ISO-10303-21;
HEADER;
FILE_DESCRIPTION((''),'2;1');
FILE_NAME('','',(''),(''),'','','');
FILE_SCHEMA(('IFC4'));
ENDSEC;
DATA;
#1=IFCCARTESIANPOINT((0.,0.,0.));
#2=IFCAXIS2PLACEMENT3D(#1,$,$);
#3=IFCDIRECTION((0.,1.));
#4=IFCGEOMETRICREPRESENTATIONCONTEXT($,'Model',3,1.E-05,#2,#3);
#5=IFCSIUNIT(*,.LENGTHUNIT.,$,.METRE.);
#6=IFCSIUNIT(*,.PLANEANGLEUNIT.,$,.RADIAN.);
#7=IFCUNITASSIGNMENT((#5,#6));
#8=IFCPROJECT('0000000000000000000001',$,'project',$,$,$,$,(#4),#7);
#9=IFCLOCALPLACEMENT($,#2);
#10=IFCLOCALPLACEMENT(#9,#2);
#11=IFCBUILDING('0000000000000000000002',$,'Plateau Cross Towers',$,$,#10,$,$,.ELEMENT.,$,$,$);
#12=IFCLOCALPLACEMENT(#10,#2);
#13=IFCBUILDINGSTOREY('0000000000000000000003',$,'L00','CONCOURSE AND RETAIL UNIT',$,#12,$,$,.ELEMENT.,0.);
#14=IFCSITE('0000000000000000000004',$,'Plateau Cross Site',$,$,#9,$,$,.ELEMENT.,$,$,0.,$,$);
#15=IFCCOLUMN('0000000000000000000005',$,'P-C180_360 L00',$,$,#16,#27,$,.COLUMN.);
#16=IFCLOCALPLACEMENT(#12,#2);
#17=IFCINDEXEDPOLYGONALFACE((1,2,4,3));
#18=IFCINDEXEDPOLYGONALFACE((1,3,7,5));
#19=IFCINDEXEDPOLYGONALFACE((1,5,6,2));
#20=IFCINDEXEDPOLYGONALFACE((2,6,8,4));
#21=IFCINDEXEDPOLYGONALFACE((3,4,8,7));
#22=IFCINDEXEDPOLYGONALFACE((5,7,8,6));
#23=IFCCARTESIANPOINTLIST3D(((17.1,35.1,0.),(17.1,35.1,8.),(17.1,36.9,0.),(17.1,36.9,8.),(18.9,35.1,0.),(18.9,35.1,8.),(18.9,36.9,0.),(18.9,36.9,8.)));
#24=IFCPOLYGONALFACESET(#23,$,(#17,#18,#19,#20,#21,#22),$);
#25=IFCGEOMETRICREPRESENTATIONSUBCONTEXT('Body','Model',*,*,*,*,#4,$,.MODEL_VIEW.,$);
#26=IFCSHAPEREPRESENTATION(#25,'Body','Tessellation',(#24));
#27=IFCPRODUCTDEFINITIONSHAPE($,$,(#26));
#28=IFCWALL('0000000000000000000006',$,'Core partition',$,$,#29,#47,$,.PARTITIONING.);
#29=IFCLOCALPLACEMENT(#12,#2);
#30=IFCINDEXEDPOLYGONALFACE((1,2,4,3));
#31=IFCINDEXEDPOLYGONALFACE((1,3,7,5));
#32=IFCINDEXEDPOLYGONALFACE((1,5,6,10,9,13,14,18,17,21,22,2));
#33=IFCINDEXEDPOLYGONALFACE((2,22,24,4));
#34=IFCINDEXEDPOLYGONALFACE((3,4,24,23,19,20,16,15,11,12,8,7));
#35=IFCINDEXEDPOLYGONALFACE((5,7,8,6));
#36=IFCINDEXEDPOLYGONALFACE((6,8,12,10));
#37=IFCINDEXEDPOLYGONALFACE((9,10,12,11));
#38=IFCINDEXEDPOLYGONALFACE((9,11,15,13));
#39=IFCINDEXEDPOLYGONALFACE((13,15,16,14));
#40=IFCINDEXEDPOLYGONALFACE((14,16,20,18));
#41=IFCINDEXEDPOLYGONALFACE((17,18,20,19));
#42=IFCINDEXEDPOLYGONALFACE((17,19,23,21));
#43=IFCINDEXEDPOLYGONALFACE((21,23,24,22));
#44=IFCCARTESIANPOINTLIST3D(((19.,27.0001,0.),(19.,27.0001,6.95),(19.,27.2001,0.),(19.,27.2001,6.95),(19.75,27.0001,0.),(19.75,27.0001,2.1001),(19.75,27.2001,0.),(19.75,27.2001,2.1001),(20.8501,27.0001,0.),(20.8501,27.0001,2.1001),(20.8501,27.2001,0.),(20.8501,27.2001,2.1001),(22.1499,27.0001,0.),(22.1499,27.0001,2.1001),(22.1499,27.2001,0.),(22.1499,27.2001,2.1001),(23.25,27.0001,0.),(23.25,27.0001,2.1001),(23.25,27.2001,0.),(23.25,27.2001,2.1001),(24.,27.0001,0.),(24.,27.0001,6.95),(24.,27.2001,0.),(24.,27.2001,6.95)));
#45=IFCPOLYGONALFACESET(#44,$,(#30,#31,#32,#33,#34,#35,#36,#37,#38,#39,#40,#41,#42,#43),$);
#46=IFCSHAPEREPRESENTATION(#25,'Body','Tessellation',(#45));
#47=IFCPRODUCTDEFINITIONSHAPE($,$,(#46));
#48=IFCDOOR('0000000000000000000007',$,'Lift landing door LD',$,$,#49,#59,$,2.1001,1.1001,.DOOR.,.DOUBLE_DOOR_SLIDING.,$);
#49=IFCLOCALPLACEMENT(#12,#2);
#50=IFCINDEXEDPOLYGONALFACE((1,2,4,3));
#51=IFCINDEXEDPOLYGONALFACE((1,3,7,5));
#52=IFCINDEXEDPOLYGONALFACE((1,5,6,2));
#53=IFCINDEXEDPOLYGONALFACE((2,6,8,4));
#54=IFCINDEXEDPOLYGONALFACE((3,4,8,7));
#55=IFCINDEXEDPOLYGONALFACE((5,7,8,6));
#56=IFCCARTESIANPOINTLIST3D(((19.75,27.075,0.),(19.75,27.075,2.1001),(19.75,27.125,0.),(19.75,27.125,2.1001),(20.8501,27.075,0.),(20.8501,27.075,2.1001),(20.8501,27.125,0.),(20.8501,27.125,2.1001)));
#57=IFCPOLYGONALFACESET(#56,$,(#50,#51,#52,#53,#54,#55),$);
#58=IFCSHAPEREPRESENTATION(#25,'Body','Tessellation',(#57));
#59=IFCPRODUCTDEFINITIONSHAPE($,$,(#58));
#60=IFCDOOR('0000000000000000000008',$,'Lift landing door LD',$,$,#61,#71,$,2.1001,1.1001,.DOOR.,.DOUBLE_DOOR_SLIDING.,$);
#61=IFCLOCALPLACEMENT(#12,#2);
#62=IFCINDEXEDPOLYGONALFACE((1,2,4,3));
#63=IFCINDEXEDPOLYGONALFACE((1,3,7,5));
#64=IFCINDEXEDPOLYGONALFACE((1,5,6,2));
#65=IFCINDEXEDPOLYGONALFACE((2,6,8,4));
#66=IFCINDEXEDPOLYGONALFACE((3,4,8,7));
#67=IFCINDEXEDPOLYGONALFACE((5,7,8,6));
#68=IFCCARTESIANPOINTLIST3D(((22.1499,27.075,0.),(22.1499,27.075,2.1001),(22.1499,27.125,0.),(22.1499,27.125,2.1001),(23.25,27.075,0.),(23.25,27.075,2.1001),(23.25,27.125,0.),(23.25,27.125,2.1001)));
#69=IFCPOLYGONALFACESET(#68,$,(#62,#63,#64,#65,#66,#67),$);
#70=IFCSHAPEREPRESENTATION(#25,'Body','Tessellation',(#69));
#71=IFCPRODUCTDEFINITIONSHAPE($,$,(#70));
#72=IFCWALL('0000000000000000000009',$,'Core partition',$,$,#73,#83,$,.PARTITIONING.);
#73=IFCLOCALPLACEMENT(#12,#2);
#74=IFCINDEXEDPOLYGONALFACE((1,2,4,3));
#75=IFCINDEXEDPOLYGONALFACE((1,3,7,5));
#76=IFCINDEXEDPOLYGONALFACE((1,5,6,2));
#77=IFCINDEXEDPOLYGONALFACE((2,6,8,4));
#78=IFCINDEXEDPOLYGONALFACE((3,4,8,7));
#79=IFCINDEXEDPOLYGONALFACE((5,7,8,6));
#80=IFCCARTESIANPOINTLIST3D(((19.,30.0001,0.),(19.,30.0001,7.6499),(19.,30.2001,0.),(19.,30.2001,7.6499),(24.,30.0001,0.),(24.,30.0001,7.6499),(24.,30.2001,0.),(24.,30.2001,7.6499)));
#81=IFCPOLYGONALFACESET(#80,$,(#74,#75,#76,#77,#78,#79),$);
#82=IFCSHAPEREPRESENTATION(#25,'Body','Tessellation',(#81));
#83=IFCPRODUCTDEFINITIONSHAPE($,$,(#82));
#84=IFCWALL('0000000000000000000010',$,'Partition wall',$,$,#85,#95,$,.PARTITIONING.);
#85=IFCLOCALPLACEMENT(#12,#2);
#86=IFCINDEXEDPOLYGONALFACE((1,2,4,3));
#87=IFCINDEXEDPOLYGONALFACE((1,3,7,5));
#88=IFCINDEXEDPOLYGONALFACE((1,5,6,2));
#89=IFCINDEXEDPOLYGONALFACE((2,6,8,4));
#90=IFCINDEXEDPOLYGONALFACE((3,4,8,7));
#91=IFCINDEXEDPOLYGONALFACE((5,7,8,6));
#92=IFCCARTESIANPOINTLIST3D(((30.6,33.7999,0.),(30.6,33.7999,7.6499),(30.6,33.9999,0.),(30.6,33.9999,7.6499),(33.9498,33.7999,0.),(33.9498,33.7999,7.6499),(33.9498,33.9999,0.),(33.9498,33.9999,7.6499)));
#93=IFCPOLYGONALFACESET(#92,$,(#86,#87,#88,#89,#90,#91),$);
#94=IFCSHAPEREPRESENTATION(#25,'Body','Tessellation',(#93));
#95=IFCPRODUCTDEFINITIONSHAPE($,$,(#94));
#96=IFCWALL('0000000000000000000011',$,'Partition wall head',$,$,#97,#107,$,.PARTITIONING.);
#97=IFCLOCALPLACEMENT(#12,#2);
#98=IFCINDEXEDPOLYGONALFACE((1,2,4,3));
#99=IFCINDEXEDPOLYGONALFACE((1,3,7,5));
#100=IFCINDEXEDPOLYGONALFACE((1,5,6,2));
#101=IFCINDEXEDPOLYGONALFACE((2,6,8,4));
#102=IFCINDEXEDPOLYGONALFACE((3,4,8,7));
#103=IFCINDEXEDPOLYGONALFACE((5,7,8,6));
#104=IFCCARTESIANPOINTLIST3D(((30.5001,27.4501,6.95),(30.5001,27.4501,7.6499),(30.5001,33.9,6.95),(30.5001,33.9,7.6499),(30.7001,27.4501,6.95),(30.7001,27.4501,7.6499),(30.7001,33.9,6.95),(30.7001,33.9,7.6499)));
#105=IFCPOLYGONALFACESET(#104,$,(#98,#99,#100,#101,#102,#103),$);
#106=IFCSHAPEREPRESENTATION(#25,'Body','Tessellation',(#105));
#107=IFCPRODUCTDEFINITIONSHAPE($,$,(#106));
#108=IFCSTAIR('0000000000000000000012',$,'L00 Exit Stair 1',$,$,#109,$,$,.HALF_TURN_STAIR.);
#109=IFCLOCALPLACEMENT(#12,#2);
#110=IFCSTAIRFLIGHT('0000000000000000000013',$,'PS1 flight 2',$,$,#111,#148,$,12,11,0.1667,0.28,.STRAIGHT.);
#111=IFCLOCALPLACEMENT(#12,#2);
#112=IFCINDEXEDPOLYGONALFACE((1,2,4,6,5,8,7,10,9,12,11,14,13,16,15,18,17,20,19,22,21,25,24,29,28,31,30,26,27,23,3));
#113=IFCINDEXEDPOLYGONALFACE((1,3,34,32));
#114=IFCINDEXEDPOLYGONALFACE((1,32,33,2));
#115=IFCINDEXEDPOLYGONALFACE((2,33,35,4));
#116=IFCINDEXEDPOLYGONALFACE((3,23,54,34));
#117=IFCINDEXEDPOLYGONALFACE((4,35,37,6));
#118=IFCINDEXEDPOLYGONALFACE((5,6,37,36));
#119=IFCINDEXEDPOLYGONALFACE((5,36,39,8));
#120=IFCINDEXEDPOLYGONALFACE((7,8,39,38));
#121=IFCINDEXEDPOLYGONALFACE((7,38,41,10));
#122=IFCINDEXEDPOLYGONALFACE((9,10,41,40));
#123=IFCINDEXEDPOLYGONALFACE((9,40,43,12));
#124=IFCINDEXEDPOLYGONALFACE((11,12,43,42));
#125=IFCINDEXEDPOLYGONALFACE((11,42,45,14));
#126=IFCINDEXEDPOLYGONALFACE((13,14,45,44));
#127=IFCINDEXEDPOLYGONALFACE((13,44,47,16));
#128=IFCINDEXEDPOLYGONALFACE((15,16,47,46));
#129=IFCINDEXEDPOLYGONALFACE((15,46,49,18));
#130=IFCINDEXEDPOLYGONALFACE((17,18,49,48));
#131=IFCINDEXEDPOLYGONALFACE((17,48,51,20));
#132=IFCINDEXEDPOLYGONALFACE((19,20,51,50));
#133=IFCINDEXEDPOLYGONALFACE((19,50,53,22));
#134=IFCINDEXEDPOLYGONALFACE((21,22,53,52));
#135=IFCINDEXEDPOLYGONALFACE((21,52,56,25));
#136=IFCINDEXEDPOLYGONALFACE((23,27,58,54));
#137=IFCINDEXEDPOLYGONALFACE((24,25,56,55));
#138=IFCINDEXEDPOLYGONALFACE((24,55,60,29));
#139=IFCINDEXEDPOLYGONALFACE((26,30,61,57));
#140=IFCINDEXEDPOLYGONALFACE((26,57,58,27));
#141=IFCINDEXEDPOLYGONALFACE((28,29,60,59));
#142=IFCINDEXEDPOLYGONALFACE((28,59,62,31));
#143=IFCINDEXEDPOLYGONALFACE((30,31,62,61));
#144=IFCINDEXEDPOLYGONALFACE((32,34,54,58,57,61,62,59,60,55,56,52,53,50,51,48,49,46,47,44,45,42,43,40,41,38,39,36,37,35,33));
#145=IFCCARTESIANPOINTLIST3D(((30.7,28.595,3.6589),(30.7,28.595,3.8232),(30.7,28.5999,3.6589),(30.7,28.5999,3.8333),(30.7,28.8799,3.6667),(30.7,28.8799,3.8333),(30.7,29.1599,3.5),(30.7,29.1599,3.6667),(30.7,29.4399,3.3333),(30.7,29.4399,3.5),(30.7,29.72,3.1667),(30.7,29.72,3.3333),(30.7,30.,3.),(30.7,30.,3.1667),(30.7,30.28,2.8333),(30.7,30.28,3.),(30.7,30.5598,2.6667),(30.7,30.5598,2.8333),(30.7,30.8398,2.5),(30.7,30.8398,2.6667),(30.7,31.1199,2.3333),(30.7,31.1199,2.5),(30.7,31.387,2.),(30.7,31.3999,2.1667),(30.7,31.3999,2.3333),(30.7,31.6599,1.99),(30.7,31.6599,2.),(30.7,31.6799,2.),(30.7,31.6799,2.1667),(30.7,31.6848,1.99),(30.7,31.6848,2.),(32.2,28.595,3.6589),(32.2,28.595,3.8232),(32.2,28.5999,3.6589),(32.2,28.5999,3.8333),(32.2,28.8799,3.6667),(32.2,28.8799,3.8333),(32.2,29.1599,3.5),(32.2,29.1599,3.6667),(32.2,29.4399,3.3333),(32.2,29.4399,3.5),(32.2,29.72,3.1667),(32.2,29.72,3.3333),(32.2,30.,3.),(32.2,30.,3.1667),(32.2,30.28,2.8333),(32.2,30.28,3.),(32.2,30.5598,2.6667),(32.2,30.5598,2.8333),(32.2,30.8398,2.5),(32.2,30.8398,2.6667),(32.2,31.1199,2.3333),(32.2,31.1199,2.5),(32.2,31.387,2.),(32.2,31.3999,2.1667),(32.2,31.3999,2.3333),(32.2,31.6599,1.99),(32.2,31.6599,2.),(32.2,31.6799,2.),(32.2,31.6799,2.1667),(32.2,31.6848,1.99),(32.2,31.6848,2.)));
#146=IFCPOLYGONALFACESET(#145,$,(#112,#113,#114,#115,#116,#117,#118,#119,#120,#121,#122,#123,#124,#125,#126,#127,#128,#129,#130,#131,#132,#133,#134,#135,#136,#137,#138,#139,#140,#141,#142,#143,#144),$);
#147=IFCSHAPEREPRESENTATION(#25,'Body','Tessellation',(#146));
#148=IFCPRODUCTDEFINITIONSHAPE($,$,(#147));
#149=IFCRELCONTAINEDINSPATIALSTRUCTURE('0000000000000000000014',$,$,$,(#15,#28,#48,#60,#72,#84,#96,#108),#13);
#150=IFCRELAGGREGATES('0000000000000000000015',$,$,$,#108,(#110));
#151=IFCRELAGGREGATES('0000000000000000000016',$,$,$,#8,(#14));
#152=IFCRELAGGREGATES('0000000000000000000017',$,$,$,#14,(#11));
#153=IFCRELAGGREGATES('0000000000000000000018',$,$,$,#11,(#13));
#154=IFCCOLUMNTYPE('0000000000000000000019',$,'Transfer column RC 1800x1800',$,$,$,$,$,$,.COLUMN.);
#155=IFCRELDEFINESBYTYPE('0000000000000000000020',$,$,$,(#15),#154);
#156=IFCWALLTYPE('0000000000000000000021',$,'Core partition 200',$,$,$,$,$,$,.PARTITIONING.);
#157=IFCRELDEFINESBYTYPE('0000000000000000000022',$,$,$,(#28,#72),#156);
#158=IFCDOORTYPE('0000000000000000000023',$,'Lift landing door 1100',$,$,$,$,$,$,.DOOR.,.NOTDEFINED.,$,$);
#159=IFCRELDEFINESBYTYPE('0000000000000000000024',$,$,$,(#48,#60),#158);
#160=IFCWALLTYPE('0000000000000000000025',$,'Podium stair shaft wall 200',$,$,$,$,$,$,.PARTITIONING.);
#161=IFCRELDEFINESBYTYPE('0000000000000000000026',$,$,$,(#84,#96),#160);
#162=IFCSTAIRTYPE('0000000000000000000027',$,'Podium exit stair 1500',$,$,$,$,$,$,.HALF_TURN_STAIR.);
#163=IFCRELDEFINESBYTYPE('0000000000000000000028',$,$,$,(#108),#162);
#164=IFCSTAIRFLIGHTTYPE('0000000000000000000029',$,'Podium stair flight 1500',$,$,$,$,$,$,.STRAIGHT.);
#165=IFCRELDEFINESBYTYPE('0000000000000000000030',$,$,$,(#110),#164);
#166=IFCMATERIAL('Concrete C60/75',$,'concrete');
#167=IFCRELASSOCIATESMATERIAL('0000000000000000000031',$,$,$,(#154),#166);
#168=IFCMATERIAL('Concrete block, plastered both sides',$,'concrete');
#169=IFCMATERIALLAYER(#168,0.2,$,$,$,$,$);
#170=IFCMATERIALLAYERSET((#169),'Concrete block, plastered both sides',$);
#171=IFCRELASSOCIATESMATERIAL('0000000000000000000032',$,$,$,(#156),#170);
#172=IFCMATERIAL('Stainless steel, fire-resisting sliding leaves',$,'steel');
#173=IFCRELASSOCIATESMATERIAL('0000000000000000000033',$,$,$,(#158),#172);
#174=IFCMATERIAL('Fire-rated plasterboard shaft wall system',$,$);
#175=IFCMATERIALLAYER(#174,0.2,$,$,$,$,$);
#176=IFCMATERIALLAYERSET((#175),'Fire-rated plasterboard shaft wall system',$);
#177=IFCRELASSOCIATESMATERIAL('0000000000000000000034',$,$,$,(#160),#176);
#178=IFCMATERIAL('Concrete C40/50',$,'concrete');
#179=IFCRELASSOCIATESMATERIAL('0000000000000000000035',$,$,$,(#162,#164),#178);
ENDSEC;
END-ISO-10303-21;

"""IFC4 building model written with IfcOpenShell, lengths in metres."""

from ifc_helpers import new_model, si_unit, direction, frame, frame_2d, origin, origin_2d, place, context, subcontext, project, spatial, polyline, rectangle, outline, extrude, material, layer, layer_set, material_profile, profile_set, type_object, element, fill, aggregate, save


model = new_model("IFC4")

# Units and contexts
model_context = context("Model", 3, precision=1e-05, world=origin(), true_north=direction((0.0, 1.0)))
body_context = subcontext(model_context, "Body", "Model", "MODEL_VIEW")
ifc_project = project(units=[si_unit("LENGTHUNIT", "METRE"), si_unit("PLANEANGLEUNIT", "RADIAN")], contexts=[model_context])

# Site, building, storey
site_placement = place(None, origin())
site = spatial("IfcSite", under=ifc_project, at=site_placement, Name="Plateau Cross Site", CompositionType="ELEMENT", RefElevation=0.0)
building_placement = place(site_placement, origin())
building = spatial("IfcBuilding", under=site, at=building_placement, Name="Plateau Cross Towers", CompositionType="ELEMENT")
storey_placement = place(building_placement, origin())
storey = spatial("IfcBuildingStorey", under=building, at=storey_placement, Name="L00", Description="CONCOURSE AND RETAIL UNIT", CompositionType="ELEMENT", Elevation=0.0)

# Column
ifc_material_1 = material(Name="Concrete C60/75", Category="concrete")
ifc_material_profile = material_profile(ifc_material_1, rectangle(XDim=1.8, YDim=1.8, at=origin_2d()), Name="RC 1800x1800")
ifc_profile_set = profile_set([ifc_material_profile], Name="Concrete C60/75")
column_type = type_object("IfcColumnType", Name="Transfer column RC 1800x1800", PredefinedType="COLUMN", material=ifc_profile_set)
column_placement = place(storey_placement, frame((18.0, 36.0, 0.0), z_axis=(0.0, 0.0, 1.0), x_axis=(1.0, 0.0, 0.0)))
element("IfcColumn", 1, at=column_placement, inside=storey, type_object=column_type, Name="P-C180_360 L00", PredefinedType="COLUMN", context=body_context, shape_type="SweptSolid", body=[
    extrude(rectangle(XDim=1.8, YDim=1.8, at=origin_2d()), origin(), (0.0, 0.0, 1.0), 8.0),
])

# Wall, openings, doors
ifc_material_2 = material(Name="Concrete block, plastered both sides", Category="concrete")
ifc_layer_1 = layer(ifc_material_2, 0.2)
ifc_layer_set_1 = layer_set([ifc_layer_1], Name="Concrete block, plastered both sides")
wall_type_1 = type_object("IfcWallType", Name="Core partition 200", PredefinedType="PARTITIONING", material=ifc_layer_set_1)
wall_1_placement = place(storey_placement, frame((19.0, 27.1001, 0.0), z_axis=(0.0, 0.0, 1.0), x_axis=(1.0, 0.0, 0.0)))
wall_1 = element("IfcWall", 2, at=wall_1_placement, inside=storey, type_object=wall_type_1, Name="Core partition", PredefinedType="PARTITIONING", context=body_context, shape_type="SweptSolid", body=[
    extrude(rectangle(XDim=5.0, YDim=0.2, at=frame_2d((2.5, 0.0))), origin(), (0.0, 0.0, 1.0), 6.95),
])
opening_1_placement = place(wall_1_placement, frame((0.75, 0.0, 0.0)))
opening_1 = element("IfcOpeningElement", 3, at=opening_1_placement, cuts=wall_1, PredefinedType="OPENING", context=body_context, shape_type="SweptSolid", body=[
    extrude(rectangle(XDim=1.1001, YDim=2.1001, at=frame_2d((0.55, 1.05))), frame((0.0, 0.1099, 0.0), z_axis=(0.0, -1.0, 0.0), x_axis=(1.0, 0.0, 0.0)), (0.0, 0.0, 1.0), 0.22),
])
opening_2_placement = place(wall_1_placement, frame((3.1499, 0.0, 0.0)))
opening_2 = element("IfcOpeningElement", 4, at=opening_2_placement, cuts=wall_1, PredefinedType="OPENING", context=body_context, shape_type="SweptSolid", body=[
    extrude(rectangle(XDim=1.1001, YDim=2.1001, at=frame_2d((0.55, 1.05))), frame((0.0, 0.1099, 0.0), z_axis=(0.0, -1.0, 0.0), x_axis=(1.0, 0.0, 0.0)), (0.0, 0.0, 1.0), 0.22),
])
ifc_material_3 = material(Name="Stainless steel, fire-resisting sliding leaves", Category="steel")
door_type = type_object("IfcDoorType", Name="Lift landing door 1100", OperationType="NOTDEFINED", PredefinedType="DOOR", material=ifc_material_3)
door_1_placement = place(opening_1_placement, origin())
door_1 = element("IfcDoor", 5, at=door_1_placement, inside=storey, type_object=door_type, Name="Lift landing door LD", OperationType="DOUBLE_DOOR_SLIDING", OverallHeight=2.1001, OverallWidth=1.1001, PredefinedType="DOOR", context=body_context, shape_type="SweptSolid", body=[
    extrude(rectangle(XDim=1.1001, YDim=2.1001, at=frame_2d((0.55, 1.05))), frame((0.0, 0.0249, 0.0), z_axis=(0.0, -1.0, 0.0), x_axis=(1.0, 0.0, 0.0)), (0.0, 0.0, 1.0), 0.05),
])
fill(opening_1, door_1)
door_2_placement = place(opening_2_placement, origin())
door_2 = element("IfcDoor", 6, at=door_2_placement, inside=storey, type_object=door_type, Name="Lift landing door LD", OperationType="DOUBLE_DOOR_SLIDING", OverallHeight=2.1001, OverallWidth=1.1001, PredefinedType="DOOR", context=body_context, shape_type="SweptSolid", body=[
    extrude(rectangle(XDim=1.1001, YDim=2.1001, at=frame_2d((0.55, 1.05))), frame((0.0, 0.0249, 0.0), z_axis=(0.0, -1.0, 0.0), x_axis=(1.0, 0.0, 0.0)), (0.0, 0.0, 1.0), 0.05),
])
fill(opening_2, door_2)

# Walls
wall_2_placement = place(storey_placement, frame((19.0, 30.1001, 0.0), z_axis=(0.0, 0.0, 1.0), x_axis=(1.0, 0.0, 0.0)))
element("IfcWall", 7, at=wall_2_placement, inside=storey, type_object=wall_type_1, Name="Core partition", PredefinedType="PARTITIONING", context=body_context, shape_type="SweptSolid", body=[
    extrude(rectangle(XDim=5.0, YDim=0.2, at=frame_2d((2.5, 0.0))), origin(), (0.0, 0.0, 1.0), 7.6499),
])
ifc_material_4 = material(Name="Fire-rated plasterboard shaft wall system")
ifc_layer_2 = layer(ifc_material_4, 0.2)
ifc_layer_set_2 = layer_set([ifc_layer_2], Name="Fire-rated plasterboard shaft wall system")
wall_type_2 = type_object("IfcWallType", Name="Podium stair shaft wall 200", PredefinedType="PARTITIONING", material=ifc_layer_set_2)
wall_3_placement = place(storey_placement, frame((30.6001, 33.8999, 0.0), z_axis=(0.0, 0.0, 1.0), x_axis=(1.0, 0.0, 0.0)))
element("IfcWall", 8, at=wall_3_placement, inside=storey, type_object=wall_type_2, Name="Partition wall", PredefinedType="PARTITIONING", context=body_context, shape_type="SweptSolid", body=[
    extrude(rectangle(XDim=3.3499, YDim=0.2, at=frame_2d((1.6748, 0.0))), origin(), (0.0, 0.0, 1.0), 7.6499),
])
wall_4_placement = place(storey_placement, frame((30.6001, 27.45, 6.95), z_axis=(0.0, 0.0, 1.0), x_axis=(0.0, 1.0, 0.0)))
element("IfcWall", 9, at=wall_4_placement, inside=storey, type_object=wall_type_2, Name="Partition wall head", PredefinedType="PARTITIONING", context=body_context, shape_type="SweptSolid", body=[
    extrude(rectangle(XDim=6.45, YDim=0.2, at=frame_2d((3.2251, 0.0))), origin(), (0.0, 0.0, 1.0), 0.7),
])

# Stair, stair flight
ifc_material_5 = material(Name="Concrete C40/50", Category="concrete")
stair_type = type_object("IfcStairType", Name="Podium exit stair 1500", PredefinedType="HALF_TURN_STAIR", material=ifc_material_5)
stair_placement = place(storey_placement, origin())
stair = element("IfcStair", 10, at=stair_placement, inside=storey, type_object=stair_type, Name="L00 Exit Stair 1", PredefinedType="HALF_TURN_STAIR")
stair_flight_type = type_object("IfcStairFlightType", Name="Podium stair flight 1500", PredefinedType="STRAIGHT", material=ifc_material_5)
stair_flight_1_placement = place(storey_placement, frame((31.45, 31.6799, 2.0), z_axis=(0.0, 0.0, 1.0), x_axis=(0.0, -1.0, 0.0)))
stair_flight_1 = element("IfcStairFlight", 11, at=stair_flight_1_placement, type_object=stair_flight_type, Name="PS1 flight 2", NumberOfRisers=12, NumberOfTreads=11, PredefinedType="STRAIGHT", RiserHeight=0.1667, TreadLength=0.28, context=body_context, shape_type="SweptSolid", body=[
    extrude(outline(polyline([(-0.0049, -0.01), (-0.0049, 0.0), (0.0, 0.0), (0.0, 0.1667), (0.28, 0.1667), (0.28, 0.3333), (0.5601, 0.3333), (0.5601, 0.5), (0.8401, 0.5), (0.8401, 0.6667), (1.1201, 0.6667), (1.1201, 0.8333), (1.3999, 0.8333), (1.3999, 1.0), (1.6799, 1.0), (1.6799, 1.1667), (1.96, 1.1667), (1.96, 1.3333), (2.24, 1.3333), (2.24, 1.5), (2.52, 1.5), (2.52, 1.6667), (2.8, 1.6667), (2.8, 1.8333), (3.0801, 1.8333), (3.085, 1.8232), (3.085, 1.6589), (3.0801, 1.6589), (0.293, 0.0), (0.02, 0.0), (0.02, -0.01), (-0.0049, -0.01)])), frame((0.0, 0.75, 0.0), z_axis=(0.0, -1.0, 0.0), x_axis=(1.0, 0.0, 0.0)), (0.0, 0.0, 1.0), 1.5),
])
aggregate(stair, [stair_flight_1])

save(model, "model.ifc")
